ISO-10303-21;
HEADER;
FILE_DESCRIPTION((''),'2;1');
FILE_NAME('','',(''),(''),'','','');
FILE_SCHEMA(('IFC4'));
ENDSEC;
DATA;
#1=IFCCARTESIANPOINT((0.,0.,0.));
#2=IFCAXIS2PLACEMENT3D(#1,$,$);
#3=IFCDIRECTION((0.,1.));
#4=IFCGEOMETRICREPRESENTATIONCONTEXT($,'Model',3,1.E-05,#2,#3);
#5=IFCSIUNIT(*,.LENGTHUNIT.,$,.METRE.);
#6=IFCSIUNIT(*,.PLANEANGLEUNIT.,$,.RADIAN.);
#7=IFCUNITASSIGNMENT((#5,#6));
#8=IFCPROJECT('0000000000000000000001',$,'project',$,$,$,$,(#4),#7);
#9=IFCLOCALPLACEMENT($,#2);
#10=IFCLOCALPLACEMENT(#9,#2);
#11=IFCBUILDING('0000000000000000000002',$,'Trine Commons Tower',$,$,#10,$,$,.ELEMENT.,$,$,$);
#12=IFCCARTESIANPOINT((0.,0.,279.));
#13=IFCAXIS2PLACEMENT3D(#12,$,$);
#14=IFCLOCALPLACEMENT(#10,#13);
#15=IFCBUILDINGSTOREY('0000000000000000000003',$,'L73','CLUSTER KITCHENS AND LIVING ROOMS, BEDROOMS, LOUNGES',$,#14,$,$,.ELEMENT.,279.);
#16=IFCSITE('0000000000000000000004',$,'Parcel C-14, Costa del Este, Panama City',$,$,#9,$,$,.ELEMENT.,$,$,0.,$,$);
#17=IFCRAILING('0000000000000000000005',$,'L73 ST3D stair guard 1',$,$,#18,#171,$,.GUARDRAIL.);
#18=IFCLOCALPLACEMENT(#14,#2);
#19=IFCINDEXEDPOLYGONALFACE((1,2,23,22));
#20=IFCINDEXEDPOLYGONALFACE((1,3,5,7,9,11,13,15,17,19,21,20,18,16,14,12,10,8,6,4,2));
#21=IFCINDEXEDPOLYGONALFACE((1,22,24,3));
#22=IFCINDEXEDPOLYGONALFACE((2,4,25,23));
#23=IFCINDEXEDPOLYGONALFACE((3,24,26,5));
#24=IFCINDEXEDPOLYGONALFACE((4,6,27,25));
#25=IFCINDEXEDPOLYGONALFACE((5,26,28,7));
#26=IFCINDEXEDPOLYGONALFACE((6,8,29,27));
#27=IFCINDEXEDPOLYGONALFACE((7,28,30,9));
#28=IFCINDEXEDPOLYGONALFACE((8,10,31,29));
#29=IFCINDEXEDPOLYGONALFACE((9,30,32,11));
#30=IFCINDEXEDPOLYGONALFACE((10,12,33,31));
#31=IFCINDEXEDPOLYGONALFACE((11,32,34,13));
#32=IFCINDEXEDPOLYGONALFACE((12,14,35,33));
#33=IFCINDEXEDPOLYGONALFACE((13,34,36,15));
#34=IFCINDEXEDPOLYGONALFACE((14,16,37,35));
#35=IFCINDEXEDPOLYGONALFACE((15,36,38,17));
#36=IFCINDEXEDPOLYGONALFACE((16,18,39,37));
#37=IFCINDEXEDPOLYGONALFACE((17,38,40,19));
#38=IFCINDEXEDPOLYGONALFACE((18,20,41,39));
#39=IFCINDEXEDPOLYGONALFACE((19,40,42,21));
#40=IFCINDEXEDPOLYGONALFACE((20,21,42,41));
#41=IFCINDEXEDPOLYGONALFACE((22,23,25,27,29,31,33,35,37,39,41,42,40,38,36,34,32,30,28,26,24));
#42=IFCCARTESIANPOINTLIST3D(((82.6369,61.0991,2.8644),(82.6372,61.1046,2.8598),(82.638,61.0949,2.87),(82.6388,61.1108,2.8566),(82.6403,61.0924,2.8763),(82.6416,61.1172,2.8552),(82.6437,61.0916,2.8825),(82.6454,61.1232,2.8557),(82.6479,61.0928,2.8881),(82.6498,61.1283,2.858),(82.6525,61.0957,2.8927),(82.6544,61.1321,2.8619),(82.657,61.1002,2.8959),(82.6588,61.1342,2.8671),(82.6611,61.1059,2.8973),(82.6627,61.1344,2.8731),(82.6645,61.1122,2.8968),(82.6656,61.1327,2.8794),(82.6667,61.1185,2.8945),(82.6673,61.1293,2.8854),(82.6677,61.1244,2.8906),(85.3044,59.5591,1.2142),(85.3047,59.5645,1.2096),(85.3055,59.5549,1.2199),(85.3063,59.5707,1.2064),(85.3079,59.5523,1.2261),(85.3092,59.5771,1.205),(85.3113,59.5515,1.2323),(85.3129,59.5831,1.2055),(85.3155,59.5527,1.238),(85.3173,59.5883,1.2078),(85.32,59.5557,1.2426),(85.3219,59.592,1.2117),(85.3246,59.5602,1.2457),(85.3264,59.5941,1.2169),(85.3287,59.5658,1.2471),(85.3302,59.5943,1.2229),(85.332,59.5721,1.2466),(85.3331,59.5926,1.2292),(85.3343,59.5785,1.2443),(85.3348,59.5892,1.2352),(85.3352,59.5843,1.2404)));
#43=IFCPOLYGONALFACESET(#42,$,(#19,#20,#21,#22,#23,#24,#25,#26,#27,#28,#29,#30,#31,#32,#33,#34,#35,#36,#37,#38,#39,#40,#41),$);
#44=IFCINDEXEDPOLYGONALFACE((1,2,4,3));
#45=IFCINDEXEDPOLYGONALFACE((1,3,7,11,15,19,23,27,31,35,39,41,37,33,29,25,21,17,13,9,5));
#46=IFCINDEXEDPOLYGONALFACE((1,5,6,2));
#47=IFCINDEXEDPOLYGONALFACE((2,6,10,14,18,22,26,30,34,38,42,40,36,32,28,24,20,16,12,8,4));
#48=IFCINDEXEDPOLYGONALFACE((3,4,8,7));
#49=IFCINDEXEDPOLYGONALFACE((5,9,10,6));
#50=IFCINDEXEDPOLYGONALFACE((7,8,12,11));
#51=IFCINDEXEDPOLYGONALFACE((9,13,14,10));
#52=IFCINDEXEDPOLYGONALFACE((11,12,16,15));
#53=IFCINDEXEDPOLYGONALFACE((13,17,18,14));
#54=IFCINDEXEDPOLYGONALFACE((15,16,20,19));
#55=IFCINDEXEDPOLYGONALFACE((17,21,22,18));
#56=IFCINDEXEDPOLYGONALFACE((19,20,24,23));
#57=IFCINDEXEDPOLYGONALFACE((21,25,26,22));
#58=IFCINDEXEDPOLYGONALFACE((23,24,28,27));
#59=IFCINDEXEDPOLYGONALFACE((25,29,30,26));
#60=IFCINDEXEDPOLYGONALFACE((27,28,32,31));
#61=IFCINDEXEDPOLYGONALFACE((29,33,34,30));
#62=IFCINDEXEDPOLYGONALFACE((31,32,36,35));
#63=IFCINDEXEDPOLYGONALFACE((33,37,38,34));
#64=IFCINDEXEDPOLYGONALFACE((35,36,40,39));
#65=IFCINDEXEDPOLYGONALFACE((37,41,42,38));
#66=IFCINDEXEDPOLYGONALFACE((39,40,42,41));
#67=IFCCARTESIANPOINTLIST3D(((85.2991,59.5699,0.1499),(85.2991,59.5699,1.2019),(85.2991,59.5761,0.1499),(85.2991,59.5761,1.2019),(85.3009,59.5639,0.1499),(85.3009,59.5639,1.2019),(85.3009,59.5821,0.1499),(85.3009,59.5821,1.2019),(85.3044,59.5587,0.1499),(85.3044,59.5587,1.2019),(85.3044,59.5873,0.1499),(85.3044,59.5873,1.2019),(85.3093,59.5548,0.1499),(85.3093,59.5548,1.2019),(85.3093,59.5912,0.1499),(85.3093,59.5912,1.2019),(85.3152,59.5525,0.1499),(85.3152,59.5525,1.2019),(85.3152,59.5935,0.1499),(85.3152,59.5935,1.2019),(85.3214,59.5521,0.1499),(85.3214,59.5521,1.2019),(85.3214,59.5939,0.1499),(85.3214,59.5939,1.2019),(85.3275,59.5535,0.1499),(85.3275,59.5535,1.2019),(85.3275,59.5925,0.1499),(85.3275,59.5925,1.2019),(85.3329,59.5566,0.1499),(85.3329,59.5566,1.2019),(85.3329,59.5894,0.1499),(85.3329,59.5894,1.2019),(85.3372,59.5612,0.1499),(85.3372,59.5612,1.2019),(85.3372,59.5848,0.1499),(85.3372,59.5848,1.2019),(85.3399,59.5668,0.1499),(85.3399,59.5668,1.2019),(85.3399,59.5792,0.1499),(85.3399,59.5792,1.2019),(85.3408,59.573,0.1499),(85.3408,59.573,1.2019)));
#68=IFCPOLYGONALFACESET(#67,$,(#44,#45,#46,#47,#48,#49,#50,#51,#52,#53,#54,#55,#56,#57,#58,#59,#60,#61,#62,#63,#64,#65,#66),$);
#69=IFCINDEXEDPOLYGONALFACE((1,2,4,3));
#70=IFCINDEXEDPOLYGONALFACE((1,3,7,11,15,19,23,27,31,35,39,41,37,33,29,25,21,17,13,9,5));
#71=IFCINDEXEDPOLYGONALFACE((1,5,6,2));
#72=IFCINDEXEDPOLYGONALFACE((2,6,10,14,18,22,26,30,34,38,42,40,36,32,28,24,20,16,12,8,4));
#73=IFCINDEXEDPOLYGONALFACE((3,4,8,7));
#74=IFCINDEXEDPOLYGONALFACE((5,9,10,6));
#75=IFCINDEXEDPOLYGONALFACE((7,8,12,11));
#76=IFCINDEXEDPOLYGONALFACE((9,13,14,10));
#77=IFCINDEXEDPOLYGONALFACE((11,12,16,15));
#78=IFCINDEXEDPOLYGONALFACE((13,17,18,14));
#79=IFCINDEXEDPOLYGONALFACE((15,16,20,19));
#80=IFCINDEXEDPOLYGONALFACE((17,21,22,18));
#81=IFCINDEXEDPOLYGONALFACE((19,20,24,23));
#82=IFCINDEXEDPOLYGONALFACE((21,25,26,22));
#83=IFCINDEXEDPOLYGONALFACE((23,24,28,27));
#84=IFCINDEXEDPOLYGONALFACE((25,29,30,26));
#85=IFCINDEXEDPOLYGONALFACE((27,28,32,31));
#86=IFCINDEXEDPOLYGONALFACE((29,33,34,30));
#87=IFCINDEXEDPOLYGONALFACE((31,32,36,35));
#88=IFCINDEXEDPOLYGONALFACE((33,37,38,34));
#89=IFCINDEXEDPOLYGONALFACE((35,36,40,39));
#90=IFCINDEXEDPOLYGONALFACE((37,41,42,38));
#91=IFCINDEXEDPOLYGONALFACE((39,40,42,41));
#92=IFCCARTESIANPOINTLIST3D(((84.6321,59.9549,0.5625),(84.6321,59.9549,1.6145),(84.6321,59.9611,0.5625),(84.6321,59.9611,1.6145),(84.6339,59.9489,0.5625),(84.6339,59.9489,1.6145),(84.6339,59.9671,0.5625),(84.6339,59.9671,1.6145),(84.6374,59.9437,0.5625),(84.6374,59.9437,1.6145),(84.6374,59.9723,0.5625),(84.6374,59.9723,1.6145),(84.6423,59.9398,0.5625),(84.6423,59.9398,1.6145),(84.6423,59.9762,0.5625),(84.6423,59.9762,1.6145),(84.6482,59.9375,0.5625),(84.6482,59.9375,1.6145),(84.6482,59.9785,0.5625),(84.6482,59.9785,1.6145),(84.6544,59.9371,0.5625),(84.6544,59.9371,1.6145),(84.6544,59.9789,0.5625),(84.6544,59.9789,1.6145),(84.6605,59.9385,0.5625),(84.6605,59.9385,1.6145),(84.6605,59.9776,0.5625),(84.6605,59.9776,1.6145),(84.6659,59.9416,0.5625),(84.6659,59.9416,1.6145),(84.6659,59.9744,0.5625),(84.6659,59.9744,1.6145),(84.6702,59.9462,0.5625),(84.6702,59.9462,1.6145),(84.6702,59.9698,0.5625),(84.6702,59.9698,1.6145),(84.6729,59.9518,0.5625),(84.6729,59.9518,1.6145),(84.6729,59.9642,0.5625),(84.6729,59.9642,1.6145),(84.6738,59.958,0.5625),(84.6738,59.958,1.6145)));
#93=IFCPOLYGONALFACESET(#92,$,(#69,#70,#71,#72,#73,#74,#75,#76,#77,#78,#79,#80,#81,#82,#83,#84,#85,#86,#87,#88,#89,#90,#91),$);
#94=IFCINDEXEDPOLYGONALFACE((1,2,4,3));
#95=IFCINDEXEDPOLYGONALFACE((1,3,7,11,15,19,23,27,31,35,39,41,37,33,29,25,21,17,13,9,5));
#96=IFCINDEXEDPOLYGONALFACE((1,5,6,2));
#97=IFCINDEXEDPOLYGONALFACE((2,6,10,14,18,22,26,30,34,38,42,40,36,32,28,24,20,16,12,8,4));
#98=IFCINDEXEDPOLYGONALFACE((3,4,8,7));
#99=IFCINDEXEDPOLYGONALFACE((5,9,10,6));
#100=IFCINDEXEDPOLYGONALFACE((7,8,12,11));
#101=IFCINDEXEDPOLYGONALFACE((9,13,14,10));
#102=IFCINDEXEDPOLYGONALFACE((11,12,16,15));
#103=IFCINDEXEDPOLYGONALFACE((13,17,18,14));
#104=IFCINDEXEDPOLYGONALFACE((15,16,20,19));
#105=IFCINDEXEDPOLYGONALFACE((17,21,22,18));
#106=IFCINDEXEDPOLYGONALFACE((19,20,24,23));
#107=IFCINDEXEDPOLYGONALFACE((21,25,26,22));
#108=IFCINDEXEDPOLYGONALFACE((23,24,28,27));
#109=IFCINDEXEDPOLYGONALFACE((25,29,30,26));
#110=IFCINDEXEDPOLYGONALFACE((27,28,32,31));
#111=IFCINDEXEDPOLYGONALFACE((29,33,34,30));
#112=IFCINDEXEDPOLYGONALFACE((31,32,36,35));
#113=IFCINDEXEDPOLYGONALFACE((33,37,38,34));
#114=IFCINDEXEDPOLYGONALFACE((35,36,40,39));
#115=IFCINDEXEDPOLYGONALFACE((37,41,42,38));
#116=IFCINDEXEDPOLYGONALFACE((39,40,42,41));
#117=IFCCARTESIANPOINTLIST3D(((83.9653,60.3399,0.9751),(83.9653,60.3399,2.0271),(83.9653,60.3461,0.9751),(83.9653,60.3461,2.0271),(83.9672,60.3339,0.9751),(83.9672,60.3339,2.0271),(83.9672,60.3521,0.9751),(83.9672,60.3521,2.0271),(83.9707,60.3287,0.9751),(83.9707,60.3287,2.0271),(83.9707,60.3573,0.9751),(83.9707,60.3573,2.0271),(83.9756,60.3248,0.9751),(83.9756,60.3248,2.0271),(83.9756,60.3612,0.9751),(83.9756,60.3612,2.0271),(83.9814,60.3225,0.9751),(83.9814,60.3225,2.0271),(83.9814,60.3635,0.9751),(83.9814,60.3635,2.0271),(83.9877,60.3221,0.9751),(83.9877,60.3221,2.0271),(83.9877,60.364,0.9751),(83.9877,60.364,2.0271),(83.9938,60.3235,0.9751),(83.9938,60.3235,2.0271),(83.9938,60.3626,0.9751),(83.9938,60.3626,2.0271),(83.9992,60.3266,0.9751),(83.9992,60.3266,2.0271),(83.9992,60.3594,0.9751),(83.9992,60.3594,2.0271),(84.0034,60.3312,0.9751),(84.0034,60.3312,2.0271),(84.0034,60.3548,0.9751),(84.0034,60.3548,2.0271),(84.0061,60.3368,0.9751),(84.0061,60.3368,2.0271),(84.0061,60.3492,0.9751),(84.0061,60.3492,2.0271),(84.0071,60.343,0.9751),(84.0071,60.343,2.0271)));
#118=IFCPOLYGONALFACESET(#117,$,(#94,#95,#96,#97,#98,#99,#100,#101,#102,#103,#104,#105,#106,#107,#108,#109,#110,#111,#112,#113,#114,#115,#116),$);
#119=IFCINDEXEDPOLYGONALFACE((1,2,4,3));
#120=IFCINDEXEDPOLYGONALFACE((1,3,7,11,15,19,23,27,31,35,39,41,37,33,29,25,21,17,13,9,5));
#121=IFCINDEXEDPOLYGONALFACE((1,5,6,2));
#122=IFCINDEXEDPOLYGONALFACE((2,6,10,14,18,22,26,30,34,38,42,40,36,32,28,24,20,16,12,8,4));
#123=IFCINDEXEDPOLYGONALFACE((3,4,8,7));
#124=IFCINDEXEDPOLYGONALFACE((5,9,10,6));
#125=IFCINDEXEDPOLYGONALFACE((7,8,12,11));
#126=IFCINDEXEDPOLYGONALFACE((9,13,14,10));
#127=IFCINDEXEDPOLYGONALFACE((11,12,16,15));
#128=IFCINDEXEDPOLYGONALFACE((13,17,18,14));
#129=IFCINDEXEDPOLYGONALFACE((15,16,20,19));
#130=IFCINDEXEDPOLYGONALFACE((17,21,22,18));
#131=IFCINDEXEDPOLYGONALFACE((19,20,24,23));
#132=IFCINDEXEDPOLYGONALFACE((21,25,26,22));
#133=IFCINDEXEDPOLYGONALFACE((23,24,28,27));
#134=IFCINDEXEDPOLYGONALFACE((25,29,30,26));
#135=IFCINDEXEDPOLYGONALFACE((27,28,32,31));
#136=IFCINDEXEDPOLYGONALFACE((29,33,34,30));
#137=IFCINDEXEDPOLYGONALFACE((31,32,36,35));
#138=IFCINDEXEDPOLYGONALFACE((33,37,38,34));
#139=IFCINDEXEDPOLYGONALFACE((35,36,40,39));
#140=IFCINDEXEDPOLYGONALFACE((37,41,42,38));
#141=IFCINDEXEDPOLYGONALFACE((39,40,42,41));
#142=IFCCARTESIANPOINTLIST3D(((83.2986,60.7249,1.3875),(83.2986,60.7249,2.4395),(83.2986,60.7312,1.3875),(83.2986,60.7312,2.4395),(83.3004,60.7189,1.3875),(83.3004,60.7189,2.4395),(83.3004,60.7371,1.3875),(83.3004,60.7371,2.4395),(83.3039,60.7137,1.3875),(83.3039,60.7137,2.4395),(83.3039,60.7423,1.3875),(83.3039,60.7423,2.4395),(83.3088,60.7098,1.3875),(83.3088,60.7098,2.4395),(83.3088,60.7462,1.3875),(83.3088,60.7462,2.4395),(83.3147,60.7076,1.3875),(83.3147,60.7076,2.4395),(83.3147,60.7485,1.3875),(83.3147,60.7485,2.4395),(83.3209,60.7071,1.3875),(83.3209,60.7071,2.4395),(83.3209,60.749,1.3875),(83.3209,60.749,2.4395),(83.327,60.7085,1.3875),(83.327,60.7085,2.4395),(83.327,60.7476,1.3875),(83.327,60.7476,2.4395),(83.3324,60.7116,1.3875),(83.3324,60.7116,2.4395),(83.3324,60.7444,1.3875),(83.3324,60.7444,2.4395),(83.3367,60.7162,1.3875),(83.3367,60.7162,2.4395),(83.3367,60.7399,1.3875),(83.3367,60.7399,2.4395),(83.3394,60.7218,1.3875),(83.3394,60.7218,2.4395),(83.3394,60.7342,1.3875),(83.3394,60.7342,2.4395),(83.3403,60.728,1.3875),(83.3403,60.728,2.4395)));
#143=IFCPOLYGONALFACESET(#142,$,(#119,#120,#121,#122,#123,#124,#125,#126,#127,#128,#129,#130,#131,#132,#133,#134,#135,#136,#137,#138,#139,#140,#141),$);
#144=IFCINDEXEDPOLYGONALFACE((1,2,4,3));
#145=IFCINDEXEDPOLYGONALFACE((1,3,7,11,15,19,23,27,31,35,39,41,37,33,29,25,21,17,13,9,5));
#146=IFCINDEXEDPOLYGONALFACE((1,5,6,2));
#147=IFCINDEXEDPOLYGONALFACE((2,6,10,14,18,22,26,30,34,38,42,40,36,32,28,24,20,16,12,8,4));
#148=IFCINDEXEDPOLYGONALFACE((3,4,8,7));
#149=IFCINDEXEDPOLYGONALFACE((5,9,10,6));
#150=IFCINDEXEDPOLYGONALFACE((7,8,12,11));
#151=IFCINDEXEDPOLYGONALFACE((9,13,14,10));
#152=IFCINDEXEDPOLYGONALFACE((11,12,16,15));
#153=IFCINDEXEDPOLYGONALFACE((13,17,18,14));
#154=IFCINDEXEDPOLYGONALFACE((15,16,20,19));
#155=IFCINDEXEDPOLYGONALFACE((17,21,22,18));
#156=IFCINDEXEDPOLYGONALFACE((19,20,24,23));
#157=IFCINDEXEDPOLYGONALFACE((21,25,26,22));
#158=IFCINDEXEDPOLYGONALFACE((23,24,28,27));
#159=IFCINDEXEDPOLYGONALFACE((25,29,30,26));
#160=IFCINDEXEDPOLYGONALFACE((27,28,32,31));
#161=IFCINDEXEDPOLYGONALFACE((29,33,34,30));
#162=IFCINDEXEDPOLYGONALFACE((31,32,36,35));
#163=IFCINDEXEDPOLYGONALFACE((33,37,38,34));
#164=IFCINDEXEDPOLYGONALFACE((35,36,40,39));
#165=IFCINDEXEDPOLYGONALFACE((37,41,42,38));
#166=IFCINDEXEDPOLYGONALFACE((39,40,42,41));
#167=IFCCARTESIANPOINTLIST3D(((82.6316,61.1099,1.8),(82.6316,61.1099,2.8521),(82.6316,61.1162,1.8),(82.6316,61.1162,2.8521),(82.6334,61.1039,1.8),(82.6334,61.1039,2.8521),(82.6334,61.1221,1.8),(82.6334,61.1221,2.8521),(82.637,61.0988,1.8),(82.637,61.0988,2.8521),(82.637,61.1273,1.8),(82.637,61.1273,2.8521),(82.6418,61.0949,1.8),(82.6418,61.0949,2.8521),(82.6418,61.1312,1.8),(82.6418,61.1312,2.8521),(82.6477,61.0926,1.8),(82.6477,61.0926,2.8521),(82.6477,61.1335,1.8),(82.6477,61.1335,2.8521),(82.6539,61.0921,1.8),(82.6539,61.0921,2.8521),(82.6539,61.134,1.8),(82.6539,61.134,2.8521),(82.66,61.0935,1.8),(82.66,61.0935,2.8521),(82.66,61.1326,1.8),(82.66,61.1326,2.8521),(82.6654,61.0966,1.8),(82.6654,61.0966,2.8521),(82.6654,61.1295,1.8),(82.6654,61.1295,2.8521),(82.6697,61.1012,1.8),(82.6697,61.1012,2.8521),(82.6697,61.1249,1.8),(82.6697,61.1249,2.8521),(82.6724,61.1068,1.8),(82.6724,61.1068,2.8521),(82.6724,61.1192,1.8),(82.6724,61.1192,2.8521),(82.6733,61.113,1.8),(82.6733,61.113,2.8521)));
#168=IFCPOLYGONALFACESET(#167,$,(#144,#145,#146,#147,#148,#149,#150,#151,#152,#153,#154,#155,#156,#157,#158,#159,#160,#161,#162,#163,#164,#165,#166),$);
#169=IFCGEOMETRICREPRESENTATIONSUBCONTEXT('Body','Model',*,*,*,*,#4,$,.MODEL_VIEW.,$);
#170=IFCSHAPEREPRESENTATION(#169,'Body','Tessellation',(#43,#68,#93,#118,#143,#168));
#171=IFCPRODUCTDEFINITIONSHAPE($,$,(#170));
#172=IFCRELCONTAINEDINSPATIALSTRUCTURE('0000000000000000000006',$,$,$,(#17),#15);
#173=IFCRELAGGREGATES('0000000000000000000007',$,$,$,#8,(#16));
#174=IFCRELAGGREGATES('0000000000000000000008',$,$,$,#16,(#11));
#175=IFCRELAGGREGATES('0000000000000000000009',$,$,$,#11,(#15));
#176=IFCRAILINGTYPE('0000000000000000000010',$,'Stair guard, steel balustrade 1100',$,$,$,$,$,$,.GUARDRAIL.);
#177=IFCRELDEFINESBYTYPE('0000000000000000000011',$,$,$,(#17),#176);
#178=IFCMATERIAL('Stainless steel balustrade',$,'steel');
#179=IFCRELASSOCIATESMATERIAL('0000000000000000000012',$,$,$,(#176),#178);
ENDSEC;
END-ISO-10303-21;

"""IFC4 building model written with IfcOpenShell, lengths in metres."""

from ifc_helpers import new_model, si_unit, direction, frame, origin, origin_2d, place, context, subcontext, project, spatial, circle, extrude, material, type_object, element, save


model = new_model("IFC4")

# Units and contexts
model_context = context("Model", 3, precision=1e-05, world=origin(), true_north=direction((0.0, 1.0)))
body_context = subcontext(model_context, "Body", "Model", "MODEL_VIEW")
ifc_project = project(units=[si_unit("LENGTHUNIT", "METRE"), si_unit("PLANEANGLEUNIT", "RADIAN")], contexts=[model_context])

# Site, building, storey
site_placement = place(None, origin())
site = spatial("IfcSite", under=ifc_project, at=site_placement, Name="Parcel C-14, Costa del Este, Panama City", CompositionType="ELEMENT", RefElevation=0.0)
building_placement = place(site_placement, origin())
building = spatial("IfcBuilding", under=site, at=building_placement, Name="Trine Commons Tower", CompositionType="ELEMENT")
storey_placement = place(building_placement, frame((0.0, 0.0, 279.0)))
storey = spatial("IfcBuildingStorey", under=building, at=storey_placement, Name="L73", Description="CLUSTER KITCHENS AND LIVING ROOMS, BEDROOMS, LOUNGES", CompositionType="ELEMENT", Elevation=279.0)

# Railing
ifc_material_1 = material(Name="Stainless steel balustrade", Category="steel")
railing_type_1 = type_object("IfcRailingType", Name="Stair guard, steel balustrade 1100", PredefinedType="GUARDRAIL", material=ifc_material_1)
railing_1_placement = place(storey_placement, frame((85.3198, 59.573, 0.1499)))
element("IfcRailing", 1, at=railing_1_placement, inside=storey, type_object=railing_type_1, Name="L73 ST3D stair guard 1", PredefinedType="GUARDRAIL", context=body_context, shape_type="SweptSolid", body=[
    extrude(circle(Radius=0.0239, at=origin_2d()), frame((0.0, 0.0, 1.0762), z_axis=(-0.76338, 0.440728, 0.472239), x_axis=(-0.499992, -0.86603, 0.0)), (0.0, 0.0, 1.0), 3.4944),
    extrude(circle(Radius=0.021, at=origin_2d()), origin(), (0.0, 0.0, 1.0), 1.052),
    extrude(circle(Radius=0.021, at=origin_2d()), frame((-0.667, 0.385, 0.4126)), (0.0, 0.0, 1.0), 1.052),
    extrude(circle(Radius=0.021, at=origin_2d()), frame((-1.3337, 0.77, 0.8252)), (0.0, 0.0, 1.0), 1.052),
    extrude(circle(Radius=0.021, at=origin_2d()), frame((-2.0005, 1.155, 1.2375)), (0.0, 0.0, 1.0), 1.052),
    extrude(circle(Radius=0.021, at=origin_2d()), frame((-2.6675, 1.54, 1.6501)), (0.0, 0.0, 1.0), 1.052),
])

save(model, "model.ifc")
